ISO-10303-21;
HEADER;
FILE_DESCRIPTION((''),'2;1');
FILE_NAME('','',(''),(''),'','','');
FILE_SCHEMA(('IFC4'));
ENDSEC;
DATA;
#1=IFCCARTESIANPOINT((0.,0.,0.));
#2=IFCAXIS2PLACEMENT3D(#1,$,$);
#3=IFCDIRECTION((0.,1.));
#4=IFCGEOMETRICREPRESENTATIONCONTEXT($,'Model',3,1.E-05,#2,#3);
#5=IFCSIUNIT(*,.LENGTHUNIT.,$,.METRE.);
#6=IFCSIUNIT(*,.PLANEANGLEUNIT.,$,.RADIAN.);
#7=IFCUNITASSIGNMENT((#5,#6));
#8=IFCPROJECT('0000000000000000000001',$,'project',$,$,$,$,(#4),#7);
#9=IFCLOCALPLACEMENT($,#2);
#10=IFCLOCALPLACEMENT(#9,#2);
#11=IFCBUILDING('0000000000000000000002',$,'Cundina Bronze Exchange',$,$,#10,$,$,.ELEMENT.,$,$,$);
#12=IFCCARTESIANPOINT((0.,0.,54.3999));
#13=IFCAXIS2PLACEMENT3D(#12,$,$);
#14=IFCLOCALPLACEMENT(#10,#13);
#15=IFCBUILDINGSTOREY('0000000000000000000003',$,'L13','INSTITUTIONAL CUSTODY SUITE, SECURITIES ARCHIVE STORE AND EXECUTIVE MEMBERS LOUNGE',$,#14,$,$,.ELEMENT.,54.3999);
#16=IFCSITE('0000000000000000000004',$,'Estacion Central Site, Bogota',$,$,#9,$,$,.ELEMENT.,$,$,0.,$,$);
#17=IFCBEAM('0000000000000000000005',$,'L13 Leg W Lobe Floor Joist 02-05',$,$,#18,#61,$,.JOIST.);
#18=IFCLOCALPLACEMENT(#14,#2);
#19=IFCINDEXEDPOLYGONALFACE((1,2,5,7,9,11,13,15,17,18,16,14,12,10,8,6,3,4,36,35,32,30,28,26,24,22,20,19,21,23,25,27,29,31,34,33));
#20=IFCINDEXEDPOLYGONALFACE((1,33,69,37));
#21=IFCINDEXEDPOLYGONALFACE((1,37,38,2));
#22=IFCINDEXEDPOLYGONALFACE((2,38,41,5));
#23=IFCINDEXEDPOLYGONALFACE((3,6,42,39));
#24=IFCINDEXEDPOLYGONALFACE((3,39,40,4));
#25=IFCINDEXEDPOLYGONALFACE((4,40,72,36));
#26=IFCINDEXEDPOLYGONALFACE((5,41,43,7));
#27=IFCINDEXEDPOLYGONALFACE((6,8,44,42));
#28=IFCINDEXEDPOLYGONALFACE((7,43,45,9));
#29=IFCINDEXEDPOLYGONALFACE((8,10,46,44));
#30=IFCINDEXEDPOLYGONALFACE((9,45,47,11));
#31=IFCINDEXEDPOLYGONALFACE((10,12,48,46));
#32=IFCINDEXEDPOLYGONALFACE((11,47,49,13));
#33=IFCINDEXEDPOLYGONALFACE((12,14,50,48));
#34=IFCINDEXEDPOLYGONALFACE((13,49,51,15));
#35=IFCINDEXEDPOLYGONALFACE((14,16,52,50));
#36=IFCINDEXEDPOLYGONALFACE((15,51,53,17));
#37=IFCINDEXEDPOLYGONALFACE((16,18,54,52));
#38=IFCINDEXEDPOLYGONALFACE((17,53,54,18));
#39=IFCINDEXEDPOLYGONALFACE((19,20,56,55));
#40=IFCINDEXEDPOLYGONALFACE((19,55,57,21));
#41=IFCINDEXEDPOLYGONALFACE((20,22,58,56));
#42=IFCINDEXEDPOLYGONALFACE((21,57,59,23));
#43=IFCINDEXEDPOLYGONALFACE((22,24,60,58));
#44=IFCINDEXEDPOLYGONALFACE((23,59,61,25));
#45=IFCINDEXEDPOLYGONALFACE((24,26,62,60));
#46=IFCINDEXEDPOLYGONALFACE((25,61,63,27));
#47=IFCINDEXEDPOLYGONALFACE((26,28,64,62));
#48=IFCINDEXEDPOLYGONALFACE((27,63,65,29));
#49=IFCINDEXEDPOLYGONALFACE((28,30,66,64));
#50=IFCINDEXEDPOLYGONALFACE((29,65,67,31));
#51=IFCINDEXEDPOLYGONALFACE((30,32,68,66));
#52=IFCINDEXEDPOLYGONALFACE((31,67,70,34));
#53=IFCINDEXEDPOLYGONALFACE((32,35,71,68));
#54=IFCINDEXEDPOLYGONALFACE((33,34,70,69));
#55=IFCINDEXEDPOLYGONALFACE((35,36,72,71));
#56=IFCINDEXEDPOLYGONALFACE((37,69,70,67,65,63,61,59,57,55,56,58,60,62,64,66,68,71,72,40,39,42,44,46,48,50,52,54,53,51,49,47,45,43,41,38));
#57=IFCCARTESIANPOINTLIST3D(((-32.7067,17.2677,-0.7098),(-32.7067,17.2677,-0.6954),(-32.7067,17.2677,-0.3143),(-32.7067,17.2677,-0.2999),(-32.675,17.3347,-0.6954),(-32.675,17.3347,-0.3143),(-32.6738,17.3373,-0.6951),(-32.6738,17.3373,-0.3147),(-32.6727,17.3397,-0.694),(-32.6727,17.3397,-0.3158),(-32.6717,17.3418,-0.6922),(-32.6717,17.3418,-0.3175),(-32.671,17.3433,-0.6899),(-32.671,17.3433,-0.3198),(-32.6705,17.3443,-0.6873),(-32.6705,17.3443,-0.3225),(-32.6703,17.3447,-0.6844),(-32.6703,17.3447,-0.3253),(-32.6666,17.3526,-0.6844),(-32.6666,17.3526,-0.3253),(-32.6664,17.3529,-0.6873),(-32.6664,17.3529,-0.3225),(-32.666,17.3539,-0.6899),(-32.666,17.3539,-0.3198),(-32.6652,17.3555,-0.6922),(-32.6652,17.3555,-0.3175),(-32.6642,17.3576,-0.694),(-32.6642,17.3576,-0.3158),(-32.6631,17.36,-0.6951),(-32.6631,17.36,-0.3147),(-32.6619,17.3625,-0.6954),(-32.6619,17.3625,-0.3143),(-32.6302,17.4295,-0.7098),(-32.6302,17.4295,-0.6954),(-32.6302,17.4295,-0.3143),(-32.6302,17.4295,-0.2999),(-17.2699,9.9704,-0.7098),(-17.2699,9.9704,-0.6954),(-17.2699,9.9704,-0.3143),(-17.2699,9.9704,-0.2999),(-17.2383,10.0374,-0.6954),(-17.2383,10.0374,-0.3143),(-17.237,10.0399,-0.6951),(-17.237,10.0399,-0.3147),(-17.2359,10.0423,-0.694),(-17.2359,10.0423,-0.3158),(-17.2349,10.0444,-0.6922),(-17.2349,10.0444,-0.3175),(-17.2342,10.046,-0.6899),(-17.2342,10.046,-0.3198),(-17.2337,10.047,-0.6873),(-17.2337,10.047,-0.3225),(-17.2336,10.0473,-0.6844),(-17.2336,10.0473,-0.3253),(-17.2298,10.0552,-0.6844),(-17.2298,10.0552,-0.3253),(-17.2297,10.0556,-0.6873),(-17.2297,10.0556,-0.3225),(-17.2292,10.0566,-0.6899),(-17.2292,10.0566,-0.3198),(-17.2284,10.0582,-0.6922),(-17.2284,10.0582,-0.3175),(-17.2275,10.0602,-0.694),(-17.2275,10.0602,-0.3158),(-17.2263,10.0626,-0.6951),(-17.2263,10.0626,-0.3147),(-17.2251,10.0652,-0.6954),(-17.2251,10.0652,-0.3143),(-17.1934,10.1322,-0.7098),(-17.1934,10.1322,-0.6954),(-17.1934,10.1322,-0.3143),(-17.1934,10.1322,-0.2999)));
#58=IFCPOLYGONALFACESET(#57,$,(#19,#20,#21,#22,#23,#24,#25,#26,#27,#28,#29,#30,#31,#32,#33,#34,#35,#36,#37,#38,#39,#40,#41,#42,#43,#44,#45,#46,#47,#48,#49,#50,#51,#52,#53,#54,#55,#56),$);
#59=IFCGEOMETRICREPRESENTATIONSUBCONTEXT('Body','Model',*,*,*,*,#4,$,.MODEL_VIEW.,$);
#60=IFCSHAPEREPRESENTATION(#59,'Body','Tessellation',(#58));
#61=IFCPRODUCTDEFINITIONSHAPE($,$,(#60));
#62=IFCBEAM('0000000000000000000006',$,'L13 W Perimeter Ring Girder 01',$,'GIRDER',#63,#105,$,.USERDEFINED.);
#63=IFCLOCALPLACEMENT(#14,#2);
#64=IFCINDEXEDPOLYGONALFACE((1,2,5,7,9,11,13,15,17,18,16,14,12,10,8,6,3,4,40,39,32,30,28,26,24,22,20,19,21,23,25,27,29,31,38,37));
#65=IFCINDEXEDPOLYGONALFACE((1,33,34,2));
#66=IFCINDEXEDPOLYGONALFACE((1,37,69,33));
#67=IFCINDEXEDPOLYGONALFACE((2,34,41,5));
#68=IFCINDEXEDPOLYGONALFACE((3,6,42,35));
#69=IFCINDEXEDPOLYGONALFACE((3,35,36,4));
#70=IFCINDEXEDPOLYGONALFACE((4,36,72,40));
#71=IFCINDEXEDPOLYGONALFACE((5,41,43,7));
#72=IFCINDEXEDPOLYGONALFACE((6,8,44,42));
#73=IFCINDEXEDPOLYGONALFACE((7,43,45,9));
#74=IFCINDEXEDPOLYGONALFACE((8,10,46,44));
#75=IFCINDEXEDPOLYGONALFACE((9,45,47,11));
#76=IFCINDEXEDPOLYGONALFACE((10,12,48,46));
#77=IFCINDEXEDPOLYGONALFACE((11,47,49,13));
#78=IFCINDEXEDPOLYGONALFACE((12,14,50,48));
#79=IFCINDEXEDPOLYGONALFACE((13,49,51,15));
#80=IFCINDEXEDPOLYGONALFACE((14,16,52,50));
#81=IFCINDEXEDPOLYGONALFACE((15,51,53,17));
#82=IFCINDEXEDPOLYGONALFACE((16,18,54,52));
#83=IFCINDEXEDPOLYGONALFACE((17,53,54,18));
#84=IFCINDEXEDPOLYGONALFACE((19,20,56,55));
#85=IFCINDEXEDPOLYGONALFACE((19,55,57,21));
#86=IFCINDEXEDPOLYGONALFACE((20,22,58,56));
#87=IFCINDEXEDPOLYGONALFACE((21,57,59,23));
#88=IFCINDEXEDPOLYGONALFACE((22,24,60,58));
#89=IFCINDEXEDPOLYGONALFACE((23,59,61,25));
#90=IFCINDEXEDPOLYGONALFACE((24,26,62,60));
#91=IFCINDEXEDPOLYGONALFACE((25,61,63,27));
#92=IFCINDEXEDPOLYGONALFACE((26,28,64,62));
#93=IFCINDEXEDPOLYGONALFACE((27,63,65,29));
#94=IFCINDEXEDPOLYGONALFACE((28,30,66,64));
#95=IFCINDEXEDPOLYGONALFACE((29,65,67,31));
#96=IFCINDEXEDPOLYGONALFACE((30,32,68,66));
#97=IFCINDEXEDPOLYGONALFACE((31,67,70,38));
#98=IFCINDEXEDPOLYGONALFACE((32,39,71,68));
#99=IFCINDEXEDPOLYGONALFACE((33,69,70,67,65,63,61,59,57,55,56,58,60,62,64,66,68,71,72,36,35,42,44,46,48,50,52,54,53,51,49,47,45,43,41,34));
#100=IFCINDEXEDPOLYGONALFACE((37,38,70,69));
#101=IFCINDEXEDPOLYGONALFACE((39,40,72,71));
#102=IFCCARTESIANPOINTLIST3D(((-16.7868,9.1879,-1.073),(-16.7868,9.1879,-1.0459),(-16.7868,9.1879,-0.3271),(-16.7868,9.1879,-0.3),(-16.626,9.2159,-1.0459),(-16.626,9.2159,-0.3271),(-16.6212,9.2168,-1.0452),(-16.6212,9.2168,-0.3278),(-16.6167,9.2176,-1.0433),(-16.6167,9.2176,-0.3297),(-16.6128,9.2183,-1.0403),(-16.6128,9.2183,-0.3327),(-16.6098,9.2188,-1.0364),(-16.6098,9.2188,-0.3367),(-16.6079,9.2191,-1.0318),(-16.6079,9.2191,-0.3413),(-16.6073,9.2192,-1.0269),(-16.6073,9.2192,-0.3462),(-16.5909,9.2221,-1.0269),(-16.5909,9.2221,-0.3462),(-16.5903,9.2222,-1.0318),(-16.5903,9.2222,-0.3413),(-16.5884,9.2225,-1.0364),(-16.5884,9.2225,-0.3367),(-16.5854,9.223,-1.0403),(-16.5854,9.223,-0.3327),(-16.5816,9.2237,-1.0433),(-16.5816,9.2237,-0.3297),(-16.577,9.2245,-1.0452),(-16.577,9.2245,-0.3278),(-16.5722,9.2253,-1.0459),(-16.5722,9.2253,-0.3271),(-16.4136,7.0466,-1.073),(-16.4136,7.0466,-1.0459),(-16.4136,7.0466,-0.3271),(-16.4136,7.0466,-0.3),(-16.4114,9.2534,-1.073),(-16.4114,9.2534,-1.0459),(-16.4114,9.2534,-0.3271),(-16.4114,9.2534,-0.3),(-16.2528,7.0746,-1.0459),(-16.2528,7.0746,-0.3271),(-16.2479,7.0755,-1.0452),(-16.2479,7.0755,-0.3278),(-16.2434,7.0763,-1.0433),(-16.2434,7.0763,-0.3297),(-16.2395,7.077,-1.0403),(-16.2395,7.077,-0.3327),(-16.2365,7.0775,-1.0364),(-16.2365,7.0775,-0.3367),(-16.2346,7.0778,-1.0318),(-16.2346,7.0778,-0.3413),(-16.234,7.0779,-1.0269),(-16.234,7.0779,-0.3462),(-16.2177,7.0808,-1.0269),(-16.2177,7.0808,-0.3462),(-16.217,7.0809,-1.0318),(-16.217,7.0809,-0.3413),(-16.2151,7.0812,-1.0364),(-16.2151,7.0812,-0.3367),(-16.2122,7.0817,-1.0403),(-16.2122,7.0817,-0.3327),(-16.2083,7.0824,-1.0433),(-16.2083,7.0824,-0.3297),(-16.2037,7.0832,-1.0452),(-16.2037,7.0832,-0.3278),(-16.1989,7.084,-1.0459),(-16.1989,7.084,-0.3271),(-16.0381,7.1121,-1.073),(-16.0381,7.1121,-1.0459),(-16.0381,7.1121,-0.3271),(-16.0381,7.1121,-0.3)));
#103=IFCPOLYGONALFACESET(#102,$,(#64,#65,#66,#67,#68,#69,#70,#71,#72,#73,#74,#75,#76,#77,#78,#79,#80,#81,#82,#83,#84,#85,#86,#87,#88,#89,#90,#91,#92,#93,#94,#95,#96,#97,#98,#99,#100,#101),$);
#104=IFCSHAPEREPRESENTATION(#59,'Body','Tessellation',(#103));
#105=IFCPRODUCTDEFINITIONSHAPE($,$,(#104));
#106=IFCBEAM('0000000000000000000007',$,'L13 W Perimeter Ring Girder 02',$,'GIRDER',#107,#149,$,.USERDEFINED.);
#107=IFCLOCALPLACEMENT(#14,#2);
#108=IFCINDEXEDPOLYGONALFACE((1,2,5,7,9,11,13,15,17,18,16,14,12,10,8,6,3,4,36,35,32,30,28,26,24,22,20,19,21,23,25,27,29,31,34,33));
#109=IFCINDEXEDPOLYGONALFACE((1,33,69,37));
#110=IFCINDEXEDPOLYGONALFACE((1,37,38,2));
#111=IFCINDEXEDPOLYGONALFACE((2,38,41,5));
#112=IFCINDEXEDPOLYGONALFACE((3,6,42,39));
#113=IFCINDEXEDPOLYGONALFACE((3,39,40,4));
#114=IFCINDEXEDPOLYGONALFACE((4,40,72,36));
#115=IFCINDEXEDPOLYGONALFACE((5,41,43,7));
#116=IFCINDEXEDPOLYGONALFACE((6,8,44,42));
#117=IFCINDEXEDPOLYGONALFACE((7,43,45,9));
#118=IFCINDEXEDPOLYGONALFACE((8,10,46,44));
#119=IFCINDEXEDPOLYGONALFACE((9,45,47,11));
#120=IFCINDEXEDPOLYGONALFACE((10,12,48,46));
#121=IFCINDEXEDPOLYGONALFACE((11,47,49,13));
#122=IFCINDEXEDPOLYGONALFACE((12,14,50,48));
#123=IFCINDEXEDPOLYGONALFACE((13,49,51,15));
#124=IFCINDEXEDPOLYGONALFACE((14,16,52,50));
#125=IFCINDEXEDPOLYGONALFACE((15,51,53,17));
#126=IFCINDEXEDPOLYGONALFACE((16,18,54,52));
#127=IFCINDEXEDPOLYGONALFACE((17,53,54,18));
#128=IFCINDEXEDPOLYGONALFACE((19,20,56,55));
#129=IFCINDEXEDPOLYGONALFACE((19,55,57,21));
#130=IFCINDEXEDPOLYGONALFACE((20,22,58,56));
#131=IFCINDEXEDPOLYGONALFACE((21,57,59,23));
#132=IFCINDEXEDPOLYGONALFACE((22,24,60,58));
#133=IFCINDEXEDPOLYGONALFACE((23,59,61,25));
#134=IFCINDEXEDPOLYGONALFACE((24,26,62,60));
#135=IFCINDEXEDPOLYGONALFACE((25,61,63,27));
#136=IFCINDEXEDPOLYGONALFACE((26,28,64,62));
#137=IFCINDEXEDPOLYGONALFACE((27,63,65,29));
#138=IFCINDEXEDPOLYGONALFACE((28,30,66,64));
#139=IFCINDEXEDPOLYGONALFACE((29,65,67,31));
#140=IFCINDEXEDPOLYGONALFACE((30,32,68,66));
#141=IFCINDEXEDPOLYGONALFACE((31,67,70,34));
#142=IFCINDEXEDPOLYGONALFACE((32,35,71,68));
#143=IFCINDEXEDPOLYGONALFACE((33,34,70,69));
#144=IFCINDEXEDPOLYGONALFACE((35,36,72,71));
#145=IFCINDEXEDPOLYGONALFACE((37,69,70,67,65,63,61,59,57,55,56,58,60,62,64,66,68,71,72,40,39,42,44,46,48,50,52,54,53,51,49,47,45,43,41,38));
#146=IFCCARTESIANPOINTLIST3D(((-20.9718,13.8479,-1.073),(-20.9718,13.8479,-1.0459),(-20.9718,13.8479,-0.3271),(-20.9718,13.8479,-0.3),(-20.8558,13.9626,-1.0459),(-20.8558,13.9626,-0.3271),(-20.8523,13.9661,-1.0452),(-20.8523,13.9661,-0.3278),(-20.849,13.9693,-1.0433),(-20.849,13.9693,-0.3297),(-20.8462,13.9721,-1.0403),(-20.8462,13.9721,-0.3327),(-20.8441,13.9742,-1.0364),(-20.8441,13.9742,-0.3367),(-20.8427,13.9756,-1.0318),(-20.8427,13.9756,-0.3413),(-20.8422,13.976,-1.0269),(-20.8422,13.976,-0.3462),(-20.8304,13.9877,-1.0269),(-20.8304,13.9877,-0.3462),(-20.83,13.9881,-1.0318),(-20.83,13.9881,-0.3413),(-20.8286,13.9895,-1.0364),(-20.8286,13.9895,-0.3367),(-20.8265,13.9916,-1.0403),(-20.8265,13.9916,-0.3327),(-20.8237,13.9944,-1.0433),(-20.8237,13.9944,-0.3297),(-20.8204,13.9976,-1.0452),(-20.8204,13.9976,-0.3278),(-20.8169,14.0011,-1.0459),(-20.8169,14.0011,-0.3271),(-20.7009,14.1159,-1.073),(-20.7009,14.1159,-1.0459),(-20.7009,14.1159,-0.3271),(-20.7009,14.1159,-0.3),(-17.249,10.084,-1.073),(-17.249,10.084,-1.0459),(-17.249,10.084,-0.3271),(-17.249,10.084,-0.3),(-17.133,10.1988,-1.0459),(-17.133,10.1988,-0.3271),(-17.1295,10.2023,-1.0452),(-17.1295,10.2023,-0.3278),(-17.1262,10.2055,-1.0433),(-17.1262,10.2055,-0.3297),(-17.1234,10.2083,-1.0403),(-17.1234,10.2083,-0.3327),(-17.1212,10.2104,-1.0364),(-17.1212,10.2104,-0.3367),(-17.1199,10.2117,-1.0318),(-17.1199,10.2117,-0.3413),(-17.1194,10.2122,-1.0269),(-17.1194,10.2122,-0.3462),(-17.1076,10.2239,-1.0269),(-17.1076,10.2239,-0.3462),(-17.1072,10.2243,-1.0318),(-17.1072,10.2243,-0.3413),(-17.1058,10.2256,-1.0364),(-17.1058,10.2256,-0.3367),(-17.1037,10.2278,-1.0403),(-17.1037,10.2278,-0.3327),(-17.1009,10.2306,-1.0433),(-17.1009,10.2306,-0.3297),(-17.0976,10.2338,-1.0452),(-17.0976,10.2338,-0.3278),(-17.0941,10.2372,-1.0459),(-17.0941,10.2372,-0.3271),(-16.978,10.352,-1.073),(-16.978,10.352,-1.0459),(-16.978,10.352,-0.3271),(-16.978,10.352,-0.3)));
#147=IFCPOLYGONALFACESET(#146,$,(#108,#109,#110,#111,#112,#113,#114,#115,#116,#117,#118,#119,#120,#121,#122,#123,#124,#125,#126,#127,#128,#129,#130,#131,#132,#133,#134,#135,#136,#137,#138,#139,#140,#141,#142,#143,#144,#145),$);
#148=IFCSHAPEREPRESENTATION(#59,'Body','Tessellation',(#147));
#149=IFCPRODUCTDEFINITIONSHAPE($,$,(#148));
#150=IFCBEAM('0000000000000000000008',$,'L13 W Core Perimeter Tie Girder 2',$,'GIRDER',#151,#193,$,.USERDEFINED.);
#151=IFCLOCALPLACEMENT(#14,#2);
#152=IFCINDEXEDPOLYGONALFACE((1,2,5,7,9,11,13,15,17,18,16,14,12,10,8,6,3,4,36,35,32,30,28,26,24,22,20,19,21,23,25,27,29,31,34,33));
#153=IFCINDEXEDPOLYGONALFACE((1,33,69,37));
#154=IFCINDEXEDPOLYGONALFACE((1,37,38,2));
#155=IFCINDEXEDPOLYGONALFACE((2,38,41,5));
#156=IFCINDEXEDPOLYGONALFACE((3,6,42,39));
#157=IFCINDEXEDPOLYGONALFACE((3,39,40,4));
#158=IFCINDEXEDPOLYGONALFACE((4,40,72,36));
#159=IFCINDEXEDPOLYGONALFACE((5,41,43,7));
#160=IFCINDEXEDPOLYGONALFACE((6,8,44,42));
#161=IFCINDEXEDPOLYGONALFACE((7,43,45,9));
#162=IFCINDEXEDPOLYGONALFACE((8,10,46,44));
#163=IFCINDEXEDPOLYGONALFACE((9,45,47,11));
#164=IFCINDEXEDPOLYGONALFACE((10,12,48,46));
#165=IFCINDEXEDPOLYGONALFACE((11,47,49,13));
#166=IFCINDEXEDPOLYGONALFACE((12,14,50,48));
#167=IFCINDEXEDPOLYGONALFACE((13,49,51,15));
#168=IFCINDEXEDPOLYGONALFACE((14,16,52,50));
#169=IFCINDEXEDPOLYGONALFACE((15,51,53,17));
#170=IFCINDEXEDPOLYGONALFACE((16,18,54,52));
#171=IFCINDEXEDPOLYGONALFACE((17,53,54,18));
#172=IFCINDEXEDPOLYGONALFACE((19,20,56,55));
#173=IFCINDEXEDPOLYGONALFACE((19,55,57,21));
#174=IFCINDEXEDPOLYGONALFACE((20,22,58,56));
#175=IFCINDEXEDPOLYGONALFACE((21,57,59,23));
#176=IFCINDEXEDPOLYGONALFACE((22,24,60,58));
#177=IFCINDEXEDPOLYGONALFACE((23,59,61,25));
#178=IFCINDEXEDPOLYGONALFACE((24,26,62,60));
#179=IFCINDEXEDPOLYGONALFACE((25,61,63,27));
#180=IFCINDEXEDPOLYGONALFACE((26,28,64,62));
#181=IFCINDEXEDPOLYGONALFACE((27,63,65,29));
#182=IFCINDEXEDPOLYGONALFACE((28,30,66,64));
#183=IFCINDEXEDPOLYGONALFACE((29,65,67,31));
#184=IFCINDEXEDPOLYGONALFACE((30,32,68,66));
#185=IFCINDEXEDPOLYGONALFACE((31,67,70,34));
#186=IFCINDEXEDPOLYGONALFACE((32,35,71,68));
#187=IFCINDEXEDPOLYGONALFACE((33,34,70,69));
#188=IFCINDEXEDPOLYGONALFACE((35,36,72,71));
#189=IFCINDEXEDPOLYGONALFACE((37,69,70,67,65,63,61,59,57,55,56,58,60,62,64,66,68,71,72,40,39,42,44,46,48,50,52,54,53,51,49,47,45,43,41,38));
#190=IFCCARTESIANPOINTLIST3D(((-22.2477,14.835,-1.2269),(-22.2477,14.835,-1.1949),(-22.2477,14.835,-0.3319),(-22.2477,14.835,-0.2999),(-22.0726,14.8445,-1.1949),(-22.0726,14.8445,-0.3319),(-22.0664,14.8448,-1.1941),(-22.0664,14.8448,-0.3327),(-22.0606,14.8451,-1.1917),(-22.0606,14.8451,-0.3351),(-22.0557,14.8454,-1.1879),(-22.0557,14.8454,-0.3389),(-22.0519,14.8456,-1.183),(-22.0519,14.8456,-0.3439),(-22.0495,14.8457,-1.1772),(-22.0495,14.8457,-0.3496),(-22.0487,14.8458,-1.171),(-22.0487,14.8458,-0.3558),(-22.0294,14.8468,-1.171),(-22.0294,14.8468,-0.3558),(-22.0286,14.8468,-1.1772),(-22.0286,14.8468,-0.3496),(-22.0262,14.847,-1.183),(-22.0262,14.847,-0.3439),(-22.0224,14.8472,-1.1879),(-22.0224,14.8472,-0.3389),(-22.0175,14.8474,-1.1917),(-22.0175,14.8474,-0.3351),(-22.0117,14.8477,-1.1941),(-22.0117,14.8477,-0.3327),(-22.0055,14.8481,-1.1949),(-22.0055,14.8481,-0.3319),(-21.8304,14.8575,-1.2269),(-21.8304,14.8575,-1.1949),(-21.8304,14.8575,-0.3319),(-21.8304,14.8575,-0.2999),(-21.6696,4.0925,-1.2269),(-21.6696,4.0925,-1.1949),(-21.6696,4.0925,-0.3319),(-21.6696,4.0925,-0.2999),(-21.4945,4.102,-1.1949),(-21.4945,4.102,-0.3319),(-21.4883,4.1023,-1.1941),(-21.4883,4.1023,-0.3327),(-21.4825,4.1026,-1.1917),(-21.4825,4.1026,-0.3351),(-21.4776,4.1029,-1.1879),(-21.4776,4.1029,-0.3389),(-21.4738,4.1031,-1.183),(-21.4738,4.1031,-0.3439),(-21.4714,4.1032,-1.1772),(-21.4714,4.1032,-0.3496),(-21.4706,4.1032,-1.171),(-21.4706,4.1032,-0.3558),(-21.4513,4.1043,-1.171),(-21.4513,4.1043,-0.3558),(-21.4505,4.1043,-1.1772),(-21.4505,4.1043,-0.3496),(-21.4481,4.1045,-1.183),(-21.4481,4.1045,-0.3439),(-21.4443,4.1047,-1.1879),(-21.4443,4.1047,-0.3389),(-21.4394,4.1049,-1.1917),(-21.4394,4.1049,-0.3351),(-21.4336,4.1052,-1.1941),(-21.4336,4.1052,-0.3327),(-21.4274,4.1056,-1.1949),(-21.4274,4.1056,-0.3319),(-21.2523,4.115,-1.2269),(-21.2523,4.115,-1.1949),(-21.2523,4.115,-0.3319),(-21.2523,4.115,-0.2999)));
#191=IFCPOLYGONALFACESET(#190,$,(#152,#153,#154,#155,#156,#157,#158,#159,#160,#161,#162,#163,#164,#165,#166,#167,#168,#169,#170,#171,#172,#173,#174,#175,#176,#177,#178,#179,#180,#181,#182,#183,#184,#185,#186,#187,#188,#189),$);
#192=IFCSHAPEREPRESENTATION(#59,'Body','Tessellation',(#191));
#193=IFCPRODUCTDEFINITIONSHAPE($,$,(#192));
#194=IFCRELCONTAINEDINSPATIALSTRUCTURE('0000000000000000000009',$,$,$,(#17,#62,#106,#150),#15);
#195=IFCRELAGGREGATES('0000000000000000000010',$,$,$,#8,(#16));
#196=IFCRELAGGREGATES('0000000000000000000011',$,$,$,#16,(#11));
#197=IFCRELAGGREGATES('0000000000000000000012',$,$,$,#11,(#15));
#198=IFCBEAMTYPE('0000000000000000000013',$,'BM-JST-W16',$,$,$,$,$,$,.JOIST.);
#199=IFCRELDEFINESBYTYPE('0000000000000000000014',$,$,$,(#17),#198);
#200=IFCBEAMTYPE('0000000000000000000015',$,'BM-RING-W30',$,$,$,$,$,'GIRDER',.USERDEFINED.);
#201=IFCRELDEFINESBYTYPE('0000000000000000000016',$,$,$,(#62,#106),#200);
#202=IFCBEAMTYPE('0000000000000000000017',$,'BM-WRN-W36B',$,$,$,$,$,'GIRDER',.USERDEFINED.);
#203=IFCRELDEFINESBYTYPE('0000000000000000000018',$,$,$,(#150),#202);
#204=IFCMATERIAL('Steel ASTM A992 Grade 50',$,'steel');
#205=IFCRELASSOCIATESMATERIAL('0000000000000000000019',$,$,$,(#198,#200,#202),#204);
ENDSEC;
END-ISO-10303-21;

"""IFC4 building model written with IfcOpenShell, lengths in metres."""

from ifc_helpers import new_model, si_unit, direction, frame, origin, origin_2d, place, context, subcontext, project, spatial, i_section, extrude, material, material_profile, profile_set, type_object, element, save


model = new_model("IFC4")

# Units and contexts
model_context = context("Model", 3, precision=1e-05, world=origin(), true_north=direction((0.0, 1.0)))
body_context = subcontext(model_context, "Body", "Model", "MODEL_VIEW")
ifc_project = project(units=[si_unit("LENGTHUNIT", "METRE"), si_unit("PLANEANGLEUNIT", "RADIAN")], contexts=[model_context])

# Site, building, storey
site_placement = place(None, origin())
site = spatial("IfcSite", under=ifc_project, at=site_placement, Name="Estacion Central Site, Bogota", CompositionType="ELEMENT", RefElevation=0.0)
building_placement = place(site_placement, origin())
building = spatial("IfcBuilding", under=site, at=building_placement, Name="Cundina Bronze Exchange", CompositionType="ELEMENT")
storey_placement = place(building_placement, frame((0.0, 0.0, 54.3999)))
storey = spatial("IfcBuildingStorey", under=building, at=storey_placement, Name="L13", Description="INSTITUTIONAL CUSTODY SUITE, SECURITIES ARCHIVE STORE AND EXECUTIVE MEMBERS LOUNGE", CompositionType="ELEMENT", Elevation=54.3999)

# Beams
ifc_material_1 = material(Name="Steel ASTM A992 Grade 50", Category="steel")
ifc_material_profile_1 = material_profile(ifc_material_1, i_section(OverallWidth=0.179, OverallDepth=0.4099, WebThickness=0.0088, FlangeThickness=0.0144, FilletRadius=0.011, at=origin_2d()), Name="W16X45", Category="steel")
ifc_profile_set_1 = profile_set([ifc_material_profile_1], Name="Steel ASTM A992 Grade 50")
beam_type_1 = type_object("IfcBeamType", Name="BM-JST-W16", PredefinedType="JOIST", material=ifc_profile_set_1)
beam_1_placement = place(storey_placement, frame((-17.2317, 10.0513, -0.5049), z_axis=(-0.904073, 0.427379, 0.0), x_axis=(-0.427379, -0.904073, 0.0)))
element("IfcBeam", 1, at=beam_1_placement, inside=storey, type_object=beam_type_1, Name="L13 Leg W Lobe Floor Joist 02-05", PredefinedType="JOIST", context=body_context, shape_type="SweptSolid", body=[
    extrude(i_section(OverallWidth=0.179, OverallDepth=0.4099, WebThickness=0.0088, FlangeThickness=0.0144, FilletRadius=0.011, at=origin_2d()), origin(), (0.0, 0.0, 1.0), 17.0747),
])
ifc_material_profile_2 = material_profile(ifc_material_1, i_section(OverallWidth=0.3811, OverallDepth=0.7729, WebThickness=0.0166, FlangeThickness=0.0271, FilletRadius=0.019, at=origin_2d()), Name="W30X173", Category="steel")
ifc_profile_set_2 = profile_set([ifc_material_profile_2], Name="Steel ASTM A992 Grade 50")
beam_type_2 = type_object("IfcBeamType", Name="BM-RING-W30", ElementType="GIRDER", PredefinedType="USERDEFINED", material=ifc_profile_set_2)
beam_2_placement = place(storey_placement, frame((-16.2258, 7.0793, -0.6865), z_axis=(-0.171735, 0.985143, 0.0), x_axis=(-0.985143, -0.171735, 0.0)))
element("IfcBeam", 2, at=beam_2_placement, inside=storey, type_object=beam_type_2, Name="L13 W Perimeter Ring Girder 01", ObjectType="GIRDER", PredefinedType="USERDEFINED", context=body_context, shape_type="SweptSolid", body=[
    extrude(i_section(OverallWidth=0.3811, OverallDepth=0.7729, WebThickness=0.0166, FlangeThickness=0.0271, FilletRadius=0.019, at=origin_2d()), origin(), (0.0, 0.0, 1.0), 2.1736),
])
beam_3_placement = place(storey_placement, frame((-17.1135, 10.218, -0.6865), z_axis=(-0.703222, 0.71097, 0.0), x_axis=(-0.71097, -0.703222, 0.0)))
element("IfcBeam", 3, at=beam_3_placement, inside=storey, type_object=beam_type_2, Name="L13 W Perimeter Ring Girder 02", ObjectType="GIRDER", PredefinedType="USERDEFINED", context=body_context, shape_type="SweptSolid", body=[
    extrude(i_section(OverallWidth=0.3811, OverallDepth=0.7729, WebThickness=0.0166, FlangeThickness=0.0271, FilletRadius=0.019, at=origin_2d()), origin(), (0.0, 0.0, 1.0), 5.2939),
])
ifc_material_profile_3 = material_profile(ifc_material_1, i_section(OverallWidth=0.418, OverallDepth=0.927, WebThickness=0.0193, FlangeThickness=0.032, FilletRadius=0.0239, at=origin_2d()), Name="W36X231", Category="steel")
ifc_profile_set_3 = profile_set([ifc_material_profile_3], Name="Steel ASTM A992 Grade 50")
beam_type_3 = type_object("IfcBeamType", Name="BM-WRN-W36B", ElementType="GIRDER", PredefinedType="USERDEFINED", material=ifc_profile_set_3)
beam_4_placement = place(storey_placement, frame((-21.4609, 4.1038, -0.7634), z_axis=(-0.053739, 0.998555, 0.0), x_axis=(-0.998555, -0.053739, 0.0)))
element("IfcBeam", 4, at=beam_4_placement, inside=storey, type_object=beam_type_3, Name="L13 W Core Perimeter Tie Girder 2", ObjectType="GIRDER", PredefinedType="USERDEFINED", context=body_context, shape_type="SweptSolid", body=[
    extrude(i_section(OverallWidth=0.418, OverallDepth=0.927, WebThickness=0.0193, FlangeThickness=0.032, FilletRadius=0.0239, at=origin_2d()), origin(), (0.0, 0.0, 1.0), 10.7581),
])

save(model, "model.ifc")
